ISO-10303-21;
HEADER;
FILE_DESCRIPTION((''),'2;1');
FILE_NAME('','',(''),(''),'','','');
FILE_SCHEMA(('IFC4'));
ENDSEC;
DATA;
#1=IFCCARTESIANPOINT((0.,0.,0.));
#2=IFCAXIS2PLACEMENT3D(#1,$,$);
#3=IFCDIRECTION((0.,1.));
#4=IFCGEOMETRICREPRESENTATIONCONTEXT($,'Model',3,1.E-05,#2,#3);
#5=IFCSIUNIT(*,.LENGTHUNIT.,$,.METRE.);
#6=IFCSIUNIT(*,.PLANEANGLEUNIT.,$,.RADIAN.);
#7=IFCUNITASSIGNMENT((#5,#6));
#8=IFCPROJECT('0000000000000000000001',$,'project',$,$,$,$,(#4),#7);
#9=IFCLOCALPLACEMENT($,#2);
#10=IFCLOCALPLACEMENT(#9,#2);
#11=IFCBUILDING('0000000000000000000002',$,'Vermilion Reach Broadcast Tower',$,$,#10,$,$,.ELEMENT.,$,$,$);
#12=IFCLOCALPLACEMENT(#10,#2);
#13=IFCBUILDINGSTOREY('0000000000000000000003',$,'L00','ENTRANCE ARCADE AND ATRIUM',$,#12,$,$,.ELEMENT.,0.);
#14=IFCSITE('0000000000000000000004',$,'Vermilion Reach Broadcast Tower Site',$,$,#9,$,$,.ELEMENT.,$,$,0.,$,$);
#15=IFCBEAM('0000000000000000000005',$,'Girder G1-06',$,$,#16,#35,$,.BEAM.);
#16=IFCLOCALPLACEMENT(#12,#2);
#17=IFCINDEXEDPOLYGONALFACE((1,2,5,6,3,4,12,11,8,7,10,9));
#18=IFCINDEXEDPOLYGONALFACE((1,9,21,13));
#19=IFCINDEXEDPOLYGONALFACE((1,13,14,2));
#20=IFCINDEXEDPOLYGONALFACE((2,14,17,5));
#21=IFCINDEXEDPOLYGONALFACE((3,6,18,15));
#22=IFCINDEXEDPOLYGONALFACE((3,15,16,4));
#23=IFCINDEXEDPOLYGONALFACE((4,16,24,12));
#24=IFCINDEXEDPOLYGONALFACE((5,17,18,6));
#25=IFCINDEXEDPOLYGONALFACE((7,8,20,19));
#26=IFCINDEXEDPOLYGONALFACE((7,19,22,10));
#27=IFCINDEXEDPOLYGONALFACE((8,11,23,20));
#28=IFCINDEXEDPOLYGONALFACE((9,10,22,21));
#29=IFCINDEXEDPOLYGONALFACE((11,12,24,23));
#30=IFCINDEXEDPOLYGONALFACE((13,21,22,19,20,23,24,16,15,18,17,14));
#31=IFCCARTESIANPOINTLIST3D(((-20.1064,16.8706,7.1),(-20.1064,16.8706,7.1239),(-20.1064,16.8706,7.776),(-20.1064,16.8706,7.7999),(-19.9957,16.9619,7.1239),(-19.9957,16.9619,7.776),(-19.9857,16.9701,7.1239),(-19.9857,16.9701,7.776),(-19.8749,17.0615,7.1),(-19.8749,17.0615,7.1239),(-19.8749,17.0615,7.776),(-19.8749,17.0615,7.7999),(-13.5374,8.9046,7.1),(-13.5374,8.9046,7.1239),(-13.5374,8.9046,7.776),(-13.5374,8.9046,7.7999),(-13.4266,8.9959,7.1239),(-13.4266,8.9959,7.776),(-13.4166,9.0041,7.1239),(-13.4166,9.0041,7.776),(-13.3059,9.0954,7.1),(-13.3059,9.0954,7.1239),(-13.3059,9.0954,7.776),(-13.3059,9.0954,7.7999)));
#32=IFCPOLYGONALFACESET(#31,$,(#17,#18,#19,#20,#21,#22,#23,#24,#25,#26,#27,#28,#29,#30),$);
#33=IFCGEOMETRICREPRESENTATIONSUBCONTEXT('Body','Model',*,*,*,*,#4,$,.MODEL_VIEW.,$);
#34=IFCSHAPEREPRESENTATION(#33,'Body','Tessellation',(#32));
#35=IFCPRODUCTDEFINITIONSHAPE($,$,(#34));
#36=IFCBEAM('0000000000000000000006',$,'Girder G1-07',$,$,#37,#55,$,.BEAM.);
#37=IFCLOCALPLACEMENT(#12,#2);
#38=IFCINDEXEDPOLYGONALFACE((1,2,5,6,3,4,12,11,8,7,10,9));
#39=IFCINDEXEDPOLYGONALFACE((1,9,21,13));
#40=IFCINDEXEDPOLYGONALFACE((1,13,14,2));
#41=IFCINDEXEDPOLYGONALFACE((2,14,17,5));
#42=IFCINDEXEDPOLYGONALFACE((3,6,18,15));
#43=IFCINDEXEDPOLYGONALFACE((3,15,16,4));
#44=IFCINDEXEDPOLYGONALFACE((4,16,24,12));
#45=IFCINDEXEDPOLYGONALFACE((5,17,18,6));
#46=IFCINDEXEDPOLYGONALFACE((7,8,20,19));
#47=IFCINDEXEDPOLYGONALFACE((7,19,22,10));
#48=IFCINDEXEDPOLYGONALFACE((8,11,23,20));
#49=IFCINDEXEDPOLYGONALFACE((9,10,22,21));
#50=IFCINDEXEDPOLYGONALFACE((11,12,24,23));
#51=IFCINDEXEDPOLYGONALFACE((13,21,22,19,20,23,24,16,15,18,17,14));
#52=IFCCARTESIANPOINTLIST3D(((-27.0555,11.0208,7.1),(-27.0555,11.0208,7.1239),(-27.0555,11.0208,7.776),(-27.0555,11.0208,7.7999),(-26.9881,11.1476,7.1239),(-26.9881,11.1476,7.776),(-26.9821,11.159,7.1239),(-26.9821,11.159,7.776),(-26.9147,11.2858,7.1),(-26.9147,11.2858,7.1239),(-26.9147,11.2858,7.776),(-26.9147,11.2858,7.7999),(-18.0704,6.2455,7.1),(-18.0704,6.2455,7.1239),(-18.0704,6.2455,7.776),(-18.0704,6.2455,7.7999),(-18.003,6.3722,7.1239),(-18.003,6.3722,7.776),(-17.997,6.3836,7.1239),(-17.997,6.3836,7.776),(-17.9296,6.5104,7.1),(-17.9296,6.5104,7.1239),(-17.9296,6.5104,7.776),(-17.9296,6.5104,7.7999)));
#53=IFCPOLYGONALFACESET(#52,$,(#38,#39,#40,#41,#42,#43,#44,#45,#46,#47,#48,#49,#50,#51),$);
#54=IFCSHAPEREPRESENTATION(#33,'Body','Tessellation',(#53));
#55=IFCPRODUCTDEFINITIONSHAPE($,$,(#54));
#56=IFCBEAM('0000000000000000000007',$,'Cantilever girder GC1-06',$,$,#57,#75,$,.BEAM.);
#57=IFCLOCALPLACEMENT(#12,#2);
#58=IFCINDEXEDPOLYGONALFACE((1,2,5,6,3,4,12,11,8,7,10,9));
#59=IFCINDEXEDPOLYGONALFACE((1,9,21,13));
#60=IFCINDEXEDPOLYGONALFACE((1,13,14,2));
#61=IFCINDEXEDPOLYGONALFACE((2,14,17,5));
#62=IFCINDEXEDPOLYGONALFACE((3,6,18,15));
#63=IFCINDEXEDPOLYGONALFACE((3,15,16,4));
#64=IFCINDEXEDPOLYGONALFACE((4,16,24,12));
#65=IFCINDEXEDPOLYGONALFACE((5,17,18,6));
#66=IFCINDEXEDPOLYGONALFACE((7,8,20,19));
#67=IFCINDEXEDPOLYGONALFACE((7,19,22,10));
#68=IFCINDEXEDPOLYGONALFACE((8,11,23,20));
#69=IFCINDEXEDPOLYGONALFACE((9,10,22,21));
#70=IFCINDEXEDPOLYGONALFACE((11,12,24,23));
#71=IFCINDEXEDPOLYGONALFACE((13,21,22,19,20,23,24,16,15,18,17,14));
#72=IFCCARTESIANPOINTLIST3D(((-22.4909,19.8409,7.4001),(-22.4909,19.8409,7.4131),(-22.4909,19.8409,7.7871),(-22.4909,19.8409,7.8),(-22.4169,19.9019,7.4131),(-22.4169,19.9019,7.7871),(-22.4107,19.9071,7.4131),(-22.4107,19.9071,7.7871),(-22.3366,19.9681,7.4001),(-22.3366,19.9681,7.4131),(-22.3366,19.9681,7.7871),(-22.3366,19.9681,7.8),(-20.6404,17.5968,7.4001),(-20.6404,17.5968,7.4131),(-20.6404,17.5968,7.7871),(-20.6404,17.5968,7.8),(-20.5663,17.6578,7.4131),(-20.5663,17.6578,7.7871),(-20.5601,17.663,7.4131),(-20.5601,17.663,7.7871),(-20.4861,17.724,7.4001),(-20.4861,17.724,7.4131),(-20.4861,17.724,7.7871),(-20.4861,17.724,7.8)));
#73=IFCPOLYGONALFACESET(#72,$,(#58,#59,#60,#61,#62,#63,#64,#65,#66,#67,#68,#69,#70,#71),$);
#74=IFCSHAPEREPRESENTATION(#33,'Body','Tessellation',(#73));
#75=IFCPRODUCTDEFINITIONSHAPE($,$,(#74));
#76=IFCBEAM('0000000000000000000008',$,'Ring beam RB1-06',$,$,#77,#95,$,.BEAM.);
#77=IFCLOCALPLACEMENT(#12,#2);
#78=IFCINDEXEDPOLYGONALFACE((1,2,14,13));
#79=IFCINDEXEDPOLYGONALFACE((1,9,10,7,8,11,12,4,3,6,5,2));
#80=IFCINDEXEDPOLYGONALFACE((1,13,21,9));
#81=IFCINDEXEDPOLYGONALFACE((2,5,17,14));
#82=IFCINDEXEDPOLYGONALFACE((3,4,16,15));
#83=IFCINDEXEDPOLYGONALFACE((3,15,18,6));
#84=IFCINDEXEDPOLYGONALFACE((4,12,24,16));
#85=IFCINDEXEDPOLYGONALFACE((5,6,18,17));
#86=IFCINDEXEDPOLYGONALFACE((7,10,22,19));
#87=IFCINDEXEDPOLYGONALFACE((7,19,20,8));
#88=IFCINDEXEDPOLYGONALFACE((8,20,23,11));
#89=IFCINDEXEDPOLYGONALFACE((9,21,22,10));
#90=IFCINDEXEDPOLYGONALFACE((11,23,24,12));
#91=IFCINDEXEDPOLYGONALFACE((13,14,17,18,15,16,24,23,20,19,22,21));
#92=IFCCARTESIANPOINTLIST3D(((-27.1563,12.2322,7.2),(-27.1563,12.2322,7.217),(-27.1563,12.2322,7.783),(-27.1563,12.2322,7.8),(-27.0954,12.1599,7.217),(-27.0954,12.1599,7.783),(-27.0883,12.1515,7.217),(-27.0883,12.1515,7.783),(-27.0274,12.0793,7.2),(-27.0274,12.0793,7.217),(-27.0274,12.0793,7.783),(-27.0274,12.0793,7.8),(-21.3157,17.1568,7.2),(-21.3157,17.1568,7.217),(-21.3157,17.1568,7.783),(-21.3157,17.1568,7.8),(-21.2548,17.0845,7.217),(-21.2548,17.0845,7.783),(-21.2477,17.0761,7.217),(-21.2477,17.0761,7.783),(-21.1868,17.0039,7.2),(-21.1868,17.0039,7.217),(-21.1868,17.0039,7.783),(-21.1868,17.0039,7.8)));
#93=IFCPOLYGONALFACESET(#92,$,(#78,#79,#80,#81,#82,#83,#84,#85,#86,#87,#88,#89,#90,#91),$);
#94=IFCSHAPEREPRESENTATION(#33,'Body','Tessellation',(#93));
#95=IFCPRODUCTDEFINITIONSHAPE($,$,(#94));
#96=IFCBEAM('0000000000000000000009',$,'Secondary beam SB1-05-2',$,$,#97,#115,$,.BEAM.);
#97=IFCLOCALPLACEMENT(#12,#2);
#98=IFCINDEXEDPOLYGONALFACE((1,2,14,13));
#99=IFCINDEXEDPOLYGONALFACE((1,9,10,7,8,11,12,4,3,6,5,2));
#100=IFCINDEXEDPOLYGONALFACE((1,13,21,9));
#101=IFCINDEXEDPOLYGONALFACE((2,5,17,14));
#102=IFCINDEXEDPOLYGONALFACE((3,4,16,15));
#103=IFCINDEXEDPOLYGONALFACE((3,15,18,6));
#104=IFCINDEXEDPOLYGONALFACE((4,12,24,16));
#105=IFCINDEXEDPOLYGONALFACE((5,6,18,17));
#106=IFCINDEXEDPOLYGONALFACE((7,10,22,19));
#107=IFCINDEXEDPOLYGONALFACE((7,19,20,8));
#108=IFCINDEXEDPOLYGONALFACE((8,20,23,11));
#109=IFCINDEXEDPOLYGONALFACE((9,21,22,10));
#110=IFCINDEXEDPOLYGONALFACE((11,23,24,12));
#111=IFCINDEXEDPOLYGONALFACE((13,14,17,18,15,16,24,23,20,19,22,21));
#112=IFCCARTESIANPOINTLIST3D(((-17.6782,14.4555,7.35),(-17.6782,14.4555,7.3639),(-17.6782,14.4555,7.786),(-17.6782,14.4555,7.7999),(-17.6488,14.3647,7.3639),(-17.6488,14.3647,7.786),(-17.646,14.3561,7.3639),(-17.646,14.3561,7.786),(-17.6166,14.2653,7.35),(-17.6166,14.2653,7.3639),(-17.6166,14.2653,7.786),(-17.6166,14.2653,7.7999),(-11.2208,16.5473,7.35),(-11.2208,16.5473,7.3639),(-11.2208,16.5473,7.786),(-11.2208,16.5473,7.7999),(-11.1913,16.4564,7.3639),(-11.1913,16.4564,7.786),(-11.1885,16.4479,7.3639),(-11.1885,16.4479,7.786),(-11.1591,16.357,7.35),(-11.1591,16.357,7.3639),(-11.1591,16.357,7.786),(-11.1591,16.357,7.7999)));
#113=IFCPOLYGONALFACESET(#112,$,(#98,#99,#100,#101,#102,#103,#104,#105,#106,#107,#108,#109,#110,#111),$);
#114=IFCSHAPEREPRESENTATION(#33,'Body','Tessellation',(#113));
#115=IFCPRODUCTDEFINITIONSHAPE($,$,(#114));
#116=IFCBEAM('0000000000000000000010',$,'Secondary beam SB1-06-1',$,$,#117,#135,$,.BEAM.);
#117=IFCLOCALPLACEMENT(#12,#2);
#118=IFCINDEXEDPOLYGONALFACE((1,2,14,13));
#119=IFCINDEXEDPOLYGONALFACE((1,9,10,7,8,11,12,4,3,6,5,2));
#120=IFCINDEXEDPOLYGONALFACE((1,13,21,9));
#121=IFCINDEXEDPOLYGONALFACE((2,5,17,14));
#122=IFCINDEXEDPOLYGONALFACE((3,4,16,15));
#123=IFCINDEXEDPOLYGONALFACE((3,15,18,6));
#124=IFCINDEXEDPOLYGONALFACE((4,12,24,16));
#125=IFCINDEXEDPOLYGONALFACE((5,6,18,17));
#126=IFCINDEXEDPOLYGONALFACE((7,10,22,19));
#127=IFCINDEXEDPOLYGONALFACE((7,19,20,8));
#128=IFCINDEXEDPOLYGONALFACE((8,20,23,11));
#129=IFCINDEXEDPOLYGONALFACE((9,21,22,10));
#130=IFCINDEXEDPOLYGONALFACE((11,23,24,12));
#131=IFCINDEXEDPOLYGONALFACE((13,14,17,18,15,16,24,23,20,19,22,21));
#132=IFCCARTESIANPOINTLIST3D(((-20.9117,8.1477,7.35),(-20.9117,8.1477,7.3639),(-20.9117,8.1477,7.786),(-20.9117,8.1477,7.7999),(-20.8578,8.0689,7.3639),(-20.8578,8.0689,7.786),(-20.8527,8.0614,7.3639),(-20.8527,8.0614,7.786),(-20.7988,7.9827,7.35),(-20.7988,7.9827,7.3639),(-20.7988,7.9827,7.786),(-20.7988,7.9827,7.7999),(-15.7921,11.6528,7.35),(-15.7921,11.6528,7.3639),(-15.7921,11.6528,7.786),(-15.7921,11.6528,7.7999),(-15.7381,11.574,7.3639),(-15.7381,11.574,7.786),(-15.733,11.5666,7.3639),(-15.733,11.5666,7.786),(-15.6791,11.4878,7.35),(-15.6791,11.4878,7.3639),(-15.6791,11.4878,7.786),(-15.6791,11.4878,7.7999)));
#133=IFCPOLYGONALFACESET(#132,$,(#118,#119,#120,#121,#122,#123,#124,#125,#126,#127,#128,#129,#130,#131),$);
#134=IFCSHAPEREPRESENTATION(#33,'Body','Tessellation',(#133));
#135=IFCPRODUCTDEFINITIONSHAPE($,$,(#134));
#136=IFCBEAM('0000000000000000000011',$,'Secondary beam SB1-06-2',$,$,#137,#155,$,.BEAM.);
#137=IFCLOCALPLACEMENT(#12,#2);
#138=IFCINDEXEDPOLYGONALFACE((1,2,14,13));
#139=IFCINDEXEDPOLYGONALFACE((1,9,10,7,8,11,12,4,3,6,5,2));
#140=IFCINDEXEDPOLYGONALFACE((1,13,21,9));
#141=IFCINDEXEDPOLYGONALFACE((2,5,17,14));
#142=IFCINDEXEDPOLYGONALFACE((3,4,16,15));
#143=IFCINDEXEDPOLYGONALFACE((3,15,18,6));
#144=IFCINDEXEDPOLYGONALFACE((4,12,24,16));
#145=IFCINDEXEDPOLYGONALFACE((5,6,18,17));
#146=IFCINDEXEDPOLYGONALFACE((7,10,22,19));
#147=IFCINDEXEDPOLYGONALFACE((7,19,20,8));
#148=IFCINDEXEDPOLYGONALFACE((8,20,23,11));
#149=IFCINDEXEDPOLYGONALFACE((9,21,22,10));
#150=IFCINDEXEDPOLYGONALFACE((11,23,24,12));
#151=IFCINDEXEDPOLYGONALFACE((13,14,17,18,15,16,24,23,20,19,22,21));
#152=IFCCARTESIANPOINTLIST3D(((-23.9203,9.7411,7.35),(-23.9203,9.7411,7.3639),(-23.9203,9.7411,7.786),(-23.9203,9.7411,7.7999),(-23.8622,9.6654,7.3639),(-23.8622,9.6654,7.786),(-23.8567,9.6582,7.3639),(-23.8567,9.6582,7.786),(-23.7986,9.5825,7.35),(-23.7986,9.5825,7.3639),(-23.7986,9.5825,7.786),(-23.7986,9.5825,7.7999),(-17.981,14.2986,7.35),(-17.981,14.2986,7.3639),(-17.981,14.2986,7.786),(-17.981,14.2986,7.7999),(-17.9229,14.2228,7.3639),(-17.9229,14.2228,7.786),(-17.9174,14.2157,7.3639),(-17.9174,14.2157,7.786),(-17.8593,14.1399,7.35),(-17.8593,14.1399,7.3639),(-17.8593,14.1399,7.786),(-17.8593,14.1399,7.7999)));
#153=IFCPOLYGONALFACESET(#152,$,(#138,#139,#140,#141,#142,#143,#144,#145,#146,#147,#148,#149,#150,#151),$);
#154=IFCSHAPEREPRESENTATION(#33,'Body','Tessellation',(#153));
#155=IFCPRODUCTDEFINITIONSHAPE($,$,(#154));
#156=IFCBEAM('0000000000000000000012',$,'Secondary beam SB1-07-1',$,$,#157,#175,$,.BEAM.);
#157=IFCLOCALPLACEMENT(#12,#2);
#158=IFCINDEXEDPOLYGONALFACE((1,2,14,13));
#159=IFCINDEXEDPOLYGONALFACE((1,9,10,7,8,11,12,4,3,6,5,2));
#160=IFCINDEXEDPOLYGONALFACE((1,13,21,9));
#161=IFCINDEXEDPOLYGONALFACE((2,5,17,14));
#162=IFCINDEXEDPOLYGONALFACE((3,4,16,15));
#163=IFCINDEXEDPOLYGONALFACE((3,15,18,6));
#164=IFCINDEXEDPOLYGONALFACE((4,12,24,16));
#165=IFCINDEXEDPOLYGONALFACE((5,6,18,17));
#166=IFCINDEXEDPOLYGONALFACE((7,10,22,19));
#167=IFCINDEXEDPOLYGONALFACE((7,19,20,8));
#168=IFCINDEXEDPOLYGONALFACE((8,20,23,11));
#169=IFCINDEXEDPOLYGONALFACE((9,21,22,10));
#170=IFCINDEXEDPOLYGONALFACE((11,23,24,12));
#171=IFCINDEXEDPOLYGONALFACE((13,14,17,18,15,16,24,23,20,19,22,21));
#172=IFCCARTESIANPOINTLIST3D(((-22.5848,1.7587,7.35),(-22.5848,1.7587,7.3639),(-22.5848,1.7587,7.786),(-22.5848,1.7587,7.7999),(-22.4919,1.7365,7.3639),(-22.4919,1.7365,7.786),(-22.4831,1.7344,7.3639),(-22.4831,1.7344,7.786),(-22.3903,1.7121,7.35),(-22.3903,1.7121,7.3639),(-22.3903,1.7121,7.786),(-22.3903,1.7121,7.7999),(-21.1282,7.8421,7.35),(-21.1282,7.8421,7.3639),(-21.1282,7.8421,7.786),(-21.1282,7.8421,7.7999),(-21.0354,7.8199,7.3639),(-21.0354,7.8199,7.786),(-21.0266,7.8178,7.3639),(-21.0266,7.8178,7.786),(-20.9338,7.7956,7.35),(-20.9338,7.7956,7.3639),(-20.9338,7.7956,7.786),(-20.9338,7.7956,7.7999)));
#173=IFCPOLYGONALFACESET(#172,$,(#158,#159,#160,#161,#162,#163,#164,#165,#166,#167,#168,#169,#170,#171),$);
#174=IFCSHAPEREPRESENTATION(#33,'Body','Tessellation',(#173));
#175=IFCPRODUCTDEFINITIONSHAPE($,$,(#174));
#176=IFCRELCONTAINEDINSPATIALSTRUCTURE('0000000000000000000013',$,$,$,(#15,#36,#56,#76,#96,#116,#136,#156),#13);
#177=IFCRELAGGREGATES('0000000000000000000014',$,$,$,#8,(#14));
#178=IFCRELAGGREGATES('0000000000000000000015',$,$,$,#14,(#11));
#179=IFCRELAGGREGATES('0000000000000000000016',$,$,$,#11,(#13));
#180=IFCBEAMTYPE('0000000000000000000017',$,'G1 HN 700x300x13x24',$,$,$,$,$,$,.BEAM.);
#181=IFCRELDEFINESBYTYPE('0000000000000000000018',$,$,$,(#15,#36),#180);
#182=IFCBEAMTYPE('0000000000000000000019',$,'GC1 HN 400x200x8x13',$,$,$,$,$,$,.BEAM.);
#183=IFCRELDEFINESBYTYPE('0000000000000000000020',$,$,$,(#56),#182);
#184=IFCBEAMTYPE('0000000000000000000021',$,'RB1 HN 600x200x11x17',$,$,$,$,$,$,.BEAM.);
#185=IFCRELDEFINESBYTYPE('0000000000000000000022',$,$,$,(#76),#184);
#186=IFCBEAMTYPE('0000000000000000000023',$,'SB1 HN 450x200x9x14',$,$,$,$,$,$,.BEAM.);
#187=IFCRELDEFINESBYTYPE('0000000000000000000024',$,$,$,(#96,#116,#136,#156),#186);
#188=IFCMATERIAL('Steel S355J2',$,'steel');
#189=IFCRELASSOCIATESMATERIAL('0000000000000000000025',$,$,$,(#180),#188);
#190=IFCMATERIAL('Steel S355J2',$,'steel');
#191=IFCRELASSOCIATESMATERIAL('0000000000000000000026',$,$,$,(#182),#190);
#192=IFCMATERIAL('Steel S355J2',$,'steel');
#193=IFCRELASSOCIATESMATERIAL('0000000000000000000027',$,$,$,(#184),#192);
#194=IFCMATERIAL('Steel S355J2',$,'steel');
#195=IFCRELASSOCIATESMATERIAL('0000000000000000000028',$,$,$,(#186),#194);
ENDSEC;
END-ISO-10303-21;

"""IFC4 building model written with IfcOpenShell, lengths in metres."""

from ifc_helpers import new_model, si_unit, direction, frame, origin, origin_2d, place, context, subcontext, project, spatial, i_section, extrude, material, material_profile, profile_set, type_object, element, save


model = new_model("IFC4")

# Units and contexts
model_context = context("Model", 3, precision=1e-05, world=origin(), true_north=direction((0.0, 1.0)))
body_context = subcontext(model_context, "Body", "Model", "MODEL_VIEW")
ifc_project = project(units=[si_unit("LENGTHUNIT", "METRE"), si_unit("PLANEANGLEUNIT", "RADIAN")], contexts=[model_context])

# Site, building, storey
site_placement = place(None, origin())
site = spatial("IfcSite", under=ifc_project, at=site_placement, Name="Vermilion Reach Broadcast Tower Site", CompositionType="ELEMENT", RefElevation=0.0)
building_placement = place(site_placement, origin())
building = spatial("IfcBuilding", under=site, at=building_placement, Name="Vermilion Reach Broadcast Tower", CompositionType="ELEMENT")
storey_placement = place(building_placement, origin())
storey = spatial("IfcBuildingStorey", under=building, at=storey_placement, Name="L00", Description="ENTRANCE ARCADE AND ATRIUM", CompositionType="ELEMENT", Elevation=0.0)

# Beams
ifc_material_1 = material(Name="Steel S355J2", Category="steel")
ifc_material_profile_1 = material_profile(ifc_material_1, i_section(OverallWidth=0.3, OverallDepth=0.7, WebThickness=0.0129, FlangeThickness=0.0239, at=origin_2d()), Name="S355J2 HN 700x300x13x24")
ifc_profile_set_1 = profile_set([ifc_material_profile_1], Name="Steel S355J2")
beam_type_1 = type_object("IfcBeamType", Name="G1 HN 700x300x13x24", PredefinedType="BEAM", material=ifc_profile_set_1)
beam_1_placement = place(storey_placement, frame((-13.4216, 9.0, 7.45), z_axis=(-0.636215, 0.771512, 0.0), x_axis=(-0.771512, -0.636215, 0.0)))
element("IfcBeam", 1, at=beam_1_placement, inside=storey, type_object=beam_type_1, Name="Girder G1-06", PredefinedType="BEAM", context=body_context, shape_type="SweptSolid", body=[
    extrude(i_section(OverallWidth=0.3, OverallDepth=0.7, WebThickness=0.0129, FlangeThickness=0.0239, at=origin_2d()), origin(), (0.0, 0.0, 1.0), 10.3252),
])
beam_2_placement = place(storey_placement, frame((-18.0, 6.3779, 7.45), z_axis=(-0.883032, 0.469313, 0.0), x_axis=(-0.469313, -0.883032, 0.0)))
element("IfcBeam", 2, at=beam_2_placement, inside=storey, type_object=beam_type_1, Name="Girder G1-07", PredefinedType="BEAM", context=body_context, shape_type="SweptSolid", body=[
    extrude(i_section(OverallWidth=0.3, OverallDepth=0.7, WebThickness=0.0129, FlangeThickness=0.0239, at=origin_2d()), origin(), (0.0, 0.0, 1.0), 10.1753),
])
ifc_material_2 = material(Name="Steel S355J2", Category="steel")
ifc_material_profile_2 = material_profile(ifc_material_2, i_section(OverallWidth=0.2, OverallDepth=0.3999, WebThickness=0.0081, FlangeThickness=0.0129, at=origin_2d()), Name="S355J2 HN 400x200x8x13")
ifc_profile_set_2 = profile_set([ifc_material_profile_2], Name="Steel S355J2")
beam_type_2 = type_object("IfcBeamType", Name="GC1 HN 400x200x8x13", PredefinedType="BEAM", material=ifc_profile_set_2)
beam_3_placement = place(storey_placement, frame((-20.5632, 17.6604, 7.6001), z_axis=(-0.636213, 0.771513, 0.0), x_axis=(-0.771513, -0.636213, 0.0)))
element("IfcBeam", 3, at=beam_3_placement, inside=storey, type_object=beam_type_2, Name="Cantilever girder GC1-06", PredefinedType="BEAM", context=body_context, shape_type="SweptSolid", body=[
    extrude(i_section(OverallWidth=0.2, OverallDepth=0.3999, WebThickness=0.0081, FlangeThickness=0.0129, at=origin_2d()), origin(), (0.0, 0.0, 1.0), 2.9087),
])
ifc_material_3 = material(Name="Steel S355J2", Category="steel")
ifc_material_profile_3 = material_profile(ifc_material_3, i_section(OverallWidth=0.2, OverallDepth=0.6001, WebThickness=0.011, FlangeThickness=0.0171, at=origin_2d()), Name="S355J2 HN 600x200x11x17")
ifc_profile_set_3 = profile_set([ifc_material_profile_3], Name="Steel S355J2")
beam_type_3 = type_object("IfcBeamType", Name="RB1 HN 600x200x11x17", PredefinedType="BEAM", material=ifc_profile_set_3)
beam_4_placement = place(storey_placement, frame((-21.2512, 17.0803, 7.5), z_axis=(-0.764512, -0.644609, 0.0), x_axis=(0.644609, -0.764512, 0.0)))
element("IfcBeam", 4, at=beam_4_placement, inside=storey, type_object=beam_type_3, Name="Ring beam RB1-06", PredefinedType="BEAM", context=body_context, shape_type="SweptSolid", body=[
    extrude(i_section(OverallWidth=0.2, OverallDepth=0.6001, WebThickness=0.011, FlangeThickness=0.0171, at=origin_2d()), origin(), (0.0, 0.0, 1.0), 7.6396),
])
ifc_material_4 = material(Name="Steel S355J2", Category="steel")
ifc_material_profile_4 = material_profile(ifc_material_4, i_section(OverallWidth=0.2, OverallDepth=0.45, WebThickness=0.009, FlangeThickness=0.0139, at=origin_2d()), Name="S355J2 HN 450x200x9x14")
ifc_profile_set_4 = profile_set([ifc_material_profile_4], Name="Steel S355J2")
beam_type_4 = type_object("IfcBeamType", Name="SB1 HN 450x200x9x14", PredefinedType="BEAM", material=ifc_profile_set_4)
beam_5_placement = place(storey_placement, frame((-11.1899, 16.4521, 7.575), z_axis=(-0.951332, -0.308167, 0.0), x_axis=(0.308167, -0.951332, 0.0)))
element("IfcBeam", 5, at=beam_5_placement, inside=storey, type_object=beam_type_4, Name="Secondary beam SB1-05-2", PredefinedType="BEAM", context=body_context, shape_type="SweptSolid", body=[
    extrude(i_section(OverallWidth=0.2, OverallDepth=0.45, WebThickness=0.009, FlangeThickness=0.0139, at=origin_2d()), origin(), (0.0, 0.0, 1.0), 6.7878),
])
beam_6_placement = place(storey_placement, frame((-15.7356, 11.5703, 7.575), z_axis=(-0.82514, -0.564928, 0.0), x_axis=(0.564928, -0.82514, 0.0)))
element("IfcBeam", 6, at=beam_6_placement, inside=storey, type_object=beam_type_4, Name="Secondary beam SB1-06-1", PredefinedType="BEAM", context=body_context, shape_type="SweptSolid", body=[
    extrude(i_section(OverallWidth=0.2, OverallDepth=0.45, WebThickness=0.009, FlangeThickness=0.0139, at=origin_2d()), origin(), (0.0, 0.0, 1.0), 6.2046),
])
beam_7_placement = place(storey_placement, frame((-17.9202, 14.2192, 7.575), z_axis=(-0.79335, -0.608766, 0.0), x_axis=(0.608766, -0.79335, 0.0)))
element("IfcBeam", 7, at=beam_7_placement, inside=storey, type_object=beam_type_4, Name="Secondary beam SB1-06-2", PredefinedType="BEAM", context=body_context, shape_type="SweptSolid", body=[
    extrude(i_section(OverallWidth=0.2, OverallDepth=0.45, WebThickness=0.009, FlangeThickness=0.0139, at=origin_2d()), origin(), (0.0, 0.0, 1.0), 7.4863),
])
beam_8_placement = place(storey_placement, frame((-21.031, 7.8188, 7.575), z_axis=(-0.232844, -0.972514, 0.0), x_axis=(0.972514, -0.232844, 0.0)))
element("IfcBeam", 8, at=beam_8_placement, inside=storey, type_object=beam_type_4, Name="Secondary beam SB1-07-1", PredefinedType="BEAM", context=body_context, shape_type="SweptSolid", body=[
    extrude(i_section(OverallWidth=0.2, OverallDepth=0.45, WebThickness=0.009, FlangeThickness=0.0139, at=origin_2d()), origin(), (0.0, 0.0, 1.0), 6.2554),
])

save(model, "model.ifc")
